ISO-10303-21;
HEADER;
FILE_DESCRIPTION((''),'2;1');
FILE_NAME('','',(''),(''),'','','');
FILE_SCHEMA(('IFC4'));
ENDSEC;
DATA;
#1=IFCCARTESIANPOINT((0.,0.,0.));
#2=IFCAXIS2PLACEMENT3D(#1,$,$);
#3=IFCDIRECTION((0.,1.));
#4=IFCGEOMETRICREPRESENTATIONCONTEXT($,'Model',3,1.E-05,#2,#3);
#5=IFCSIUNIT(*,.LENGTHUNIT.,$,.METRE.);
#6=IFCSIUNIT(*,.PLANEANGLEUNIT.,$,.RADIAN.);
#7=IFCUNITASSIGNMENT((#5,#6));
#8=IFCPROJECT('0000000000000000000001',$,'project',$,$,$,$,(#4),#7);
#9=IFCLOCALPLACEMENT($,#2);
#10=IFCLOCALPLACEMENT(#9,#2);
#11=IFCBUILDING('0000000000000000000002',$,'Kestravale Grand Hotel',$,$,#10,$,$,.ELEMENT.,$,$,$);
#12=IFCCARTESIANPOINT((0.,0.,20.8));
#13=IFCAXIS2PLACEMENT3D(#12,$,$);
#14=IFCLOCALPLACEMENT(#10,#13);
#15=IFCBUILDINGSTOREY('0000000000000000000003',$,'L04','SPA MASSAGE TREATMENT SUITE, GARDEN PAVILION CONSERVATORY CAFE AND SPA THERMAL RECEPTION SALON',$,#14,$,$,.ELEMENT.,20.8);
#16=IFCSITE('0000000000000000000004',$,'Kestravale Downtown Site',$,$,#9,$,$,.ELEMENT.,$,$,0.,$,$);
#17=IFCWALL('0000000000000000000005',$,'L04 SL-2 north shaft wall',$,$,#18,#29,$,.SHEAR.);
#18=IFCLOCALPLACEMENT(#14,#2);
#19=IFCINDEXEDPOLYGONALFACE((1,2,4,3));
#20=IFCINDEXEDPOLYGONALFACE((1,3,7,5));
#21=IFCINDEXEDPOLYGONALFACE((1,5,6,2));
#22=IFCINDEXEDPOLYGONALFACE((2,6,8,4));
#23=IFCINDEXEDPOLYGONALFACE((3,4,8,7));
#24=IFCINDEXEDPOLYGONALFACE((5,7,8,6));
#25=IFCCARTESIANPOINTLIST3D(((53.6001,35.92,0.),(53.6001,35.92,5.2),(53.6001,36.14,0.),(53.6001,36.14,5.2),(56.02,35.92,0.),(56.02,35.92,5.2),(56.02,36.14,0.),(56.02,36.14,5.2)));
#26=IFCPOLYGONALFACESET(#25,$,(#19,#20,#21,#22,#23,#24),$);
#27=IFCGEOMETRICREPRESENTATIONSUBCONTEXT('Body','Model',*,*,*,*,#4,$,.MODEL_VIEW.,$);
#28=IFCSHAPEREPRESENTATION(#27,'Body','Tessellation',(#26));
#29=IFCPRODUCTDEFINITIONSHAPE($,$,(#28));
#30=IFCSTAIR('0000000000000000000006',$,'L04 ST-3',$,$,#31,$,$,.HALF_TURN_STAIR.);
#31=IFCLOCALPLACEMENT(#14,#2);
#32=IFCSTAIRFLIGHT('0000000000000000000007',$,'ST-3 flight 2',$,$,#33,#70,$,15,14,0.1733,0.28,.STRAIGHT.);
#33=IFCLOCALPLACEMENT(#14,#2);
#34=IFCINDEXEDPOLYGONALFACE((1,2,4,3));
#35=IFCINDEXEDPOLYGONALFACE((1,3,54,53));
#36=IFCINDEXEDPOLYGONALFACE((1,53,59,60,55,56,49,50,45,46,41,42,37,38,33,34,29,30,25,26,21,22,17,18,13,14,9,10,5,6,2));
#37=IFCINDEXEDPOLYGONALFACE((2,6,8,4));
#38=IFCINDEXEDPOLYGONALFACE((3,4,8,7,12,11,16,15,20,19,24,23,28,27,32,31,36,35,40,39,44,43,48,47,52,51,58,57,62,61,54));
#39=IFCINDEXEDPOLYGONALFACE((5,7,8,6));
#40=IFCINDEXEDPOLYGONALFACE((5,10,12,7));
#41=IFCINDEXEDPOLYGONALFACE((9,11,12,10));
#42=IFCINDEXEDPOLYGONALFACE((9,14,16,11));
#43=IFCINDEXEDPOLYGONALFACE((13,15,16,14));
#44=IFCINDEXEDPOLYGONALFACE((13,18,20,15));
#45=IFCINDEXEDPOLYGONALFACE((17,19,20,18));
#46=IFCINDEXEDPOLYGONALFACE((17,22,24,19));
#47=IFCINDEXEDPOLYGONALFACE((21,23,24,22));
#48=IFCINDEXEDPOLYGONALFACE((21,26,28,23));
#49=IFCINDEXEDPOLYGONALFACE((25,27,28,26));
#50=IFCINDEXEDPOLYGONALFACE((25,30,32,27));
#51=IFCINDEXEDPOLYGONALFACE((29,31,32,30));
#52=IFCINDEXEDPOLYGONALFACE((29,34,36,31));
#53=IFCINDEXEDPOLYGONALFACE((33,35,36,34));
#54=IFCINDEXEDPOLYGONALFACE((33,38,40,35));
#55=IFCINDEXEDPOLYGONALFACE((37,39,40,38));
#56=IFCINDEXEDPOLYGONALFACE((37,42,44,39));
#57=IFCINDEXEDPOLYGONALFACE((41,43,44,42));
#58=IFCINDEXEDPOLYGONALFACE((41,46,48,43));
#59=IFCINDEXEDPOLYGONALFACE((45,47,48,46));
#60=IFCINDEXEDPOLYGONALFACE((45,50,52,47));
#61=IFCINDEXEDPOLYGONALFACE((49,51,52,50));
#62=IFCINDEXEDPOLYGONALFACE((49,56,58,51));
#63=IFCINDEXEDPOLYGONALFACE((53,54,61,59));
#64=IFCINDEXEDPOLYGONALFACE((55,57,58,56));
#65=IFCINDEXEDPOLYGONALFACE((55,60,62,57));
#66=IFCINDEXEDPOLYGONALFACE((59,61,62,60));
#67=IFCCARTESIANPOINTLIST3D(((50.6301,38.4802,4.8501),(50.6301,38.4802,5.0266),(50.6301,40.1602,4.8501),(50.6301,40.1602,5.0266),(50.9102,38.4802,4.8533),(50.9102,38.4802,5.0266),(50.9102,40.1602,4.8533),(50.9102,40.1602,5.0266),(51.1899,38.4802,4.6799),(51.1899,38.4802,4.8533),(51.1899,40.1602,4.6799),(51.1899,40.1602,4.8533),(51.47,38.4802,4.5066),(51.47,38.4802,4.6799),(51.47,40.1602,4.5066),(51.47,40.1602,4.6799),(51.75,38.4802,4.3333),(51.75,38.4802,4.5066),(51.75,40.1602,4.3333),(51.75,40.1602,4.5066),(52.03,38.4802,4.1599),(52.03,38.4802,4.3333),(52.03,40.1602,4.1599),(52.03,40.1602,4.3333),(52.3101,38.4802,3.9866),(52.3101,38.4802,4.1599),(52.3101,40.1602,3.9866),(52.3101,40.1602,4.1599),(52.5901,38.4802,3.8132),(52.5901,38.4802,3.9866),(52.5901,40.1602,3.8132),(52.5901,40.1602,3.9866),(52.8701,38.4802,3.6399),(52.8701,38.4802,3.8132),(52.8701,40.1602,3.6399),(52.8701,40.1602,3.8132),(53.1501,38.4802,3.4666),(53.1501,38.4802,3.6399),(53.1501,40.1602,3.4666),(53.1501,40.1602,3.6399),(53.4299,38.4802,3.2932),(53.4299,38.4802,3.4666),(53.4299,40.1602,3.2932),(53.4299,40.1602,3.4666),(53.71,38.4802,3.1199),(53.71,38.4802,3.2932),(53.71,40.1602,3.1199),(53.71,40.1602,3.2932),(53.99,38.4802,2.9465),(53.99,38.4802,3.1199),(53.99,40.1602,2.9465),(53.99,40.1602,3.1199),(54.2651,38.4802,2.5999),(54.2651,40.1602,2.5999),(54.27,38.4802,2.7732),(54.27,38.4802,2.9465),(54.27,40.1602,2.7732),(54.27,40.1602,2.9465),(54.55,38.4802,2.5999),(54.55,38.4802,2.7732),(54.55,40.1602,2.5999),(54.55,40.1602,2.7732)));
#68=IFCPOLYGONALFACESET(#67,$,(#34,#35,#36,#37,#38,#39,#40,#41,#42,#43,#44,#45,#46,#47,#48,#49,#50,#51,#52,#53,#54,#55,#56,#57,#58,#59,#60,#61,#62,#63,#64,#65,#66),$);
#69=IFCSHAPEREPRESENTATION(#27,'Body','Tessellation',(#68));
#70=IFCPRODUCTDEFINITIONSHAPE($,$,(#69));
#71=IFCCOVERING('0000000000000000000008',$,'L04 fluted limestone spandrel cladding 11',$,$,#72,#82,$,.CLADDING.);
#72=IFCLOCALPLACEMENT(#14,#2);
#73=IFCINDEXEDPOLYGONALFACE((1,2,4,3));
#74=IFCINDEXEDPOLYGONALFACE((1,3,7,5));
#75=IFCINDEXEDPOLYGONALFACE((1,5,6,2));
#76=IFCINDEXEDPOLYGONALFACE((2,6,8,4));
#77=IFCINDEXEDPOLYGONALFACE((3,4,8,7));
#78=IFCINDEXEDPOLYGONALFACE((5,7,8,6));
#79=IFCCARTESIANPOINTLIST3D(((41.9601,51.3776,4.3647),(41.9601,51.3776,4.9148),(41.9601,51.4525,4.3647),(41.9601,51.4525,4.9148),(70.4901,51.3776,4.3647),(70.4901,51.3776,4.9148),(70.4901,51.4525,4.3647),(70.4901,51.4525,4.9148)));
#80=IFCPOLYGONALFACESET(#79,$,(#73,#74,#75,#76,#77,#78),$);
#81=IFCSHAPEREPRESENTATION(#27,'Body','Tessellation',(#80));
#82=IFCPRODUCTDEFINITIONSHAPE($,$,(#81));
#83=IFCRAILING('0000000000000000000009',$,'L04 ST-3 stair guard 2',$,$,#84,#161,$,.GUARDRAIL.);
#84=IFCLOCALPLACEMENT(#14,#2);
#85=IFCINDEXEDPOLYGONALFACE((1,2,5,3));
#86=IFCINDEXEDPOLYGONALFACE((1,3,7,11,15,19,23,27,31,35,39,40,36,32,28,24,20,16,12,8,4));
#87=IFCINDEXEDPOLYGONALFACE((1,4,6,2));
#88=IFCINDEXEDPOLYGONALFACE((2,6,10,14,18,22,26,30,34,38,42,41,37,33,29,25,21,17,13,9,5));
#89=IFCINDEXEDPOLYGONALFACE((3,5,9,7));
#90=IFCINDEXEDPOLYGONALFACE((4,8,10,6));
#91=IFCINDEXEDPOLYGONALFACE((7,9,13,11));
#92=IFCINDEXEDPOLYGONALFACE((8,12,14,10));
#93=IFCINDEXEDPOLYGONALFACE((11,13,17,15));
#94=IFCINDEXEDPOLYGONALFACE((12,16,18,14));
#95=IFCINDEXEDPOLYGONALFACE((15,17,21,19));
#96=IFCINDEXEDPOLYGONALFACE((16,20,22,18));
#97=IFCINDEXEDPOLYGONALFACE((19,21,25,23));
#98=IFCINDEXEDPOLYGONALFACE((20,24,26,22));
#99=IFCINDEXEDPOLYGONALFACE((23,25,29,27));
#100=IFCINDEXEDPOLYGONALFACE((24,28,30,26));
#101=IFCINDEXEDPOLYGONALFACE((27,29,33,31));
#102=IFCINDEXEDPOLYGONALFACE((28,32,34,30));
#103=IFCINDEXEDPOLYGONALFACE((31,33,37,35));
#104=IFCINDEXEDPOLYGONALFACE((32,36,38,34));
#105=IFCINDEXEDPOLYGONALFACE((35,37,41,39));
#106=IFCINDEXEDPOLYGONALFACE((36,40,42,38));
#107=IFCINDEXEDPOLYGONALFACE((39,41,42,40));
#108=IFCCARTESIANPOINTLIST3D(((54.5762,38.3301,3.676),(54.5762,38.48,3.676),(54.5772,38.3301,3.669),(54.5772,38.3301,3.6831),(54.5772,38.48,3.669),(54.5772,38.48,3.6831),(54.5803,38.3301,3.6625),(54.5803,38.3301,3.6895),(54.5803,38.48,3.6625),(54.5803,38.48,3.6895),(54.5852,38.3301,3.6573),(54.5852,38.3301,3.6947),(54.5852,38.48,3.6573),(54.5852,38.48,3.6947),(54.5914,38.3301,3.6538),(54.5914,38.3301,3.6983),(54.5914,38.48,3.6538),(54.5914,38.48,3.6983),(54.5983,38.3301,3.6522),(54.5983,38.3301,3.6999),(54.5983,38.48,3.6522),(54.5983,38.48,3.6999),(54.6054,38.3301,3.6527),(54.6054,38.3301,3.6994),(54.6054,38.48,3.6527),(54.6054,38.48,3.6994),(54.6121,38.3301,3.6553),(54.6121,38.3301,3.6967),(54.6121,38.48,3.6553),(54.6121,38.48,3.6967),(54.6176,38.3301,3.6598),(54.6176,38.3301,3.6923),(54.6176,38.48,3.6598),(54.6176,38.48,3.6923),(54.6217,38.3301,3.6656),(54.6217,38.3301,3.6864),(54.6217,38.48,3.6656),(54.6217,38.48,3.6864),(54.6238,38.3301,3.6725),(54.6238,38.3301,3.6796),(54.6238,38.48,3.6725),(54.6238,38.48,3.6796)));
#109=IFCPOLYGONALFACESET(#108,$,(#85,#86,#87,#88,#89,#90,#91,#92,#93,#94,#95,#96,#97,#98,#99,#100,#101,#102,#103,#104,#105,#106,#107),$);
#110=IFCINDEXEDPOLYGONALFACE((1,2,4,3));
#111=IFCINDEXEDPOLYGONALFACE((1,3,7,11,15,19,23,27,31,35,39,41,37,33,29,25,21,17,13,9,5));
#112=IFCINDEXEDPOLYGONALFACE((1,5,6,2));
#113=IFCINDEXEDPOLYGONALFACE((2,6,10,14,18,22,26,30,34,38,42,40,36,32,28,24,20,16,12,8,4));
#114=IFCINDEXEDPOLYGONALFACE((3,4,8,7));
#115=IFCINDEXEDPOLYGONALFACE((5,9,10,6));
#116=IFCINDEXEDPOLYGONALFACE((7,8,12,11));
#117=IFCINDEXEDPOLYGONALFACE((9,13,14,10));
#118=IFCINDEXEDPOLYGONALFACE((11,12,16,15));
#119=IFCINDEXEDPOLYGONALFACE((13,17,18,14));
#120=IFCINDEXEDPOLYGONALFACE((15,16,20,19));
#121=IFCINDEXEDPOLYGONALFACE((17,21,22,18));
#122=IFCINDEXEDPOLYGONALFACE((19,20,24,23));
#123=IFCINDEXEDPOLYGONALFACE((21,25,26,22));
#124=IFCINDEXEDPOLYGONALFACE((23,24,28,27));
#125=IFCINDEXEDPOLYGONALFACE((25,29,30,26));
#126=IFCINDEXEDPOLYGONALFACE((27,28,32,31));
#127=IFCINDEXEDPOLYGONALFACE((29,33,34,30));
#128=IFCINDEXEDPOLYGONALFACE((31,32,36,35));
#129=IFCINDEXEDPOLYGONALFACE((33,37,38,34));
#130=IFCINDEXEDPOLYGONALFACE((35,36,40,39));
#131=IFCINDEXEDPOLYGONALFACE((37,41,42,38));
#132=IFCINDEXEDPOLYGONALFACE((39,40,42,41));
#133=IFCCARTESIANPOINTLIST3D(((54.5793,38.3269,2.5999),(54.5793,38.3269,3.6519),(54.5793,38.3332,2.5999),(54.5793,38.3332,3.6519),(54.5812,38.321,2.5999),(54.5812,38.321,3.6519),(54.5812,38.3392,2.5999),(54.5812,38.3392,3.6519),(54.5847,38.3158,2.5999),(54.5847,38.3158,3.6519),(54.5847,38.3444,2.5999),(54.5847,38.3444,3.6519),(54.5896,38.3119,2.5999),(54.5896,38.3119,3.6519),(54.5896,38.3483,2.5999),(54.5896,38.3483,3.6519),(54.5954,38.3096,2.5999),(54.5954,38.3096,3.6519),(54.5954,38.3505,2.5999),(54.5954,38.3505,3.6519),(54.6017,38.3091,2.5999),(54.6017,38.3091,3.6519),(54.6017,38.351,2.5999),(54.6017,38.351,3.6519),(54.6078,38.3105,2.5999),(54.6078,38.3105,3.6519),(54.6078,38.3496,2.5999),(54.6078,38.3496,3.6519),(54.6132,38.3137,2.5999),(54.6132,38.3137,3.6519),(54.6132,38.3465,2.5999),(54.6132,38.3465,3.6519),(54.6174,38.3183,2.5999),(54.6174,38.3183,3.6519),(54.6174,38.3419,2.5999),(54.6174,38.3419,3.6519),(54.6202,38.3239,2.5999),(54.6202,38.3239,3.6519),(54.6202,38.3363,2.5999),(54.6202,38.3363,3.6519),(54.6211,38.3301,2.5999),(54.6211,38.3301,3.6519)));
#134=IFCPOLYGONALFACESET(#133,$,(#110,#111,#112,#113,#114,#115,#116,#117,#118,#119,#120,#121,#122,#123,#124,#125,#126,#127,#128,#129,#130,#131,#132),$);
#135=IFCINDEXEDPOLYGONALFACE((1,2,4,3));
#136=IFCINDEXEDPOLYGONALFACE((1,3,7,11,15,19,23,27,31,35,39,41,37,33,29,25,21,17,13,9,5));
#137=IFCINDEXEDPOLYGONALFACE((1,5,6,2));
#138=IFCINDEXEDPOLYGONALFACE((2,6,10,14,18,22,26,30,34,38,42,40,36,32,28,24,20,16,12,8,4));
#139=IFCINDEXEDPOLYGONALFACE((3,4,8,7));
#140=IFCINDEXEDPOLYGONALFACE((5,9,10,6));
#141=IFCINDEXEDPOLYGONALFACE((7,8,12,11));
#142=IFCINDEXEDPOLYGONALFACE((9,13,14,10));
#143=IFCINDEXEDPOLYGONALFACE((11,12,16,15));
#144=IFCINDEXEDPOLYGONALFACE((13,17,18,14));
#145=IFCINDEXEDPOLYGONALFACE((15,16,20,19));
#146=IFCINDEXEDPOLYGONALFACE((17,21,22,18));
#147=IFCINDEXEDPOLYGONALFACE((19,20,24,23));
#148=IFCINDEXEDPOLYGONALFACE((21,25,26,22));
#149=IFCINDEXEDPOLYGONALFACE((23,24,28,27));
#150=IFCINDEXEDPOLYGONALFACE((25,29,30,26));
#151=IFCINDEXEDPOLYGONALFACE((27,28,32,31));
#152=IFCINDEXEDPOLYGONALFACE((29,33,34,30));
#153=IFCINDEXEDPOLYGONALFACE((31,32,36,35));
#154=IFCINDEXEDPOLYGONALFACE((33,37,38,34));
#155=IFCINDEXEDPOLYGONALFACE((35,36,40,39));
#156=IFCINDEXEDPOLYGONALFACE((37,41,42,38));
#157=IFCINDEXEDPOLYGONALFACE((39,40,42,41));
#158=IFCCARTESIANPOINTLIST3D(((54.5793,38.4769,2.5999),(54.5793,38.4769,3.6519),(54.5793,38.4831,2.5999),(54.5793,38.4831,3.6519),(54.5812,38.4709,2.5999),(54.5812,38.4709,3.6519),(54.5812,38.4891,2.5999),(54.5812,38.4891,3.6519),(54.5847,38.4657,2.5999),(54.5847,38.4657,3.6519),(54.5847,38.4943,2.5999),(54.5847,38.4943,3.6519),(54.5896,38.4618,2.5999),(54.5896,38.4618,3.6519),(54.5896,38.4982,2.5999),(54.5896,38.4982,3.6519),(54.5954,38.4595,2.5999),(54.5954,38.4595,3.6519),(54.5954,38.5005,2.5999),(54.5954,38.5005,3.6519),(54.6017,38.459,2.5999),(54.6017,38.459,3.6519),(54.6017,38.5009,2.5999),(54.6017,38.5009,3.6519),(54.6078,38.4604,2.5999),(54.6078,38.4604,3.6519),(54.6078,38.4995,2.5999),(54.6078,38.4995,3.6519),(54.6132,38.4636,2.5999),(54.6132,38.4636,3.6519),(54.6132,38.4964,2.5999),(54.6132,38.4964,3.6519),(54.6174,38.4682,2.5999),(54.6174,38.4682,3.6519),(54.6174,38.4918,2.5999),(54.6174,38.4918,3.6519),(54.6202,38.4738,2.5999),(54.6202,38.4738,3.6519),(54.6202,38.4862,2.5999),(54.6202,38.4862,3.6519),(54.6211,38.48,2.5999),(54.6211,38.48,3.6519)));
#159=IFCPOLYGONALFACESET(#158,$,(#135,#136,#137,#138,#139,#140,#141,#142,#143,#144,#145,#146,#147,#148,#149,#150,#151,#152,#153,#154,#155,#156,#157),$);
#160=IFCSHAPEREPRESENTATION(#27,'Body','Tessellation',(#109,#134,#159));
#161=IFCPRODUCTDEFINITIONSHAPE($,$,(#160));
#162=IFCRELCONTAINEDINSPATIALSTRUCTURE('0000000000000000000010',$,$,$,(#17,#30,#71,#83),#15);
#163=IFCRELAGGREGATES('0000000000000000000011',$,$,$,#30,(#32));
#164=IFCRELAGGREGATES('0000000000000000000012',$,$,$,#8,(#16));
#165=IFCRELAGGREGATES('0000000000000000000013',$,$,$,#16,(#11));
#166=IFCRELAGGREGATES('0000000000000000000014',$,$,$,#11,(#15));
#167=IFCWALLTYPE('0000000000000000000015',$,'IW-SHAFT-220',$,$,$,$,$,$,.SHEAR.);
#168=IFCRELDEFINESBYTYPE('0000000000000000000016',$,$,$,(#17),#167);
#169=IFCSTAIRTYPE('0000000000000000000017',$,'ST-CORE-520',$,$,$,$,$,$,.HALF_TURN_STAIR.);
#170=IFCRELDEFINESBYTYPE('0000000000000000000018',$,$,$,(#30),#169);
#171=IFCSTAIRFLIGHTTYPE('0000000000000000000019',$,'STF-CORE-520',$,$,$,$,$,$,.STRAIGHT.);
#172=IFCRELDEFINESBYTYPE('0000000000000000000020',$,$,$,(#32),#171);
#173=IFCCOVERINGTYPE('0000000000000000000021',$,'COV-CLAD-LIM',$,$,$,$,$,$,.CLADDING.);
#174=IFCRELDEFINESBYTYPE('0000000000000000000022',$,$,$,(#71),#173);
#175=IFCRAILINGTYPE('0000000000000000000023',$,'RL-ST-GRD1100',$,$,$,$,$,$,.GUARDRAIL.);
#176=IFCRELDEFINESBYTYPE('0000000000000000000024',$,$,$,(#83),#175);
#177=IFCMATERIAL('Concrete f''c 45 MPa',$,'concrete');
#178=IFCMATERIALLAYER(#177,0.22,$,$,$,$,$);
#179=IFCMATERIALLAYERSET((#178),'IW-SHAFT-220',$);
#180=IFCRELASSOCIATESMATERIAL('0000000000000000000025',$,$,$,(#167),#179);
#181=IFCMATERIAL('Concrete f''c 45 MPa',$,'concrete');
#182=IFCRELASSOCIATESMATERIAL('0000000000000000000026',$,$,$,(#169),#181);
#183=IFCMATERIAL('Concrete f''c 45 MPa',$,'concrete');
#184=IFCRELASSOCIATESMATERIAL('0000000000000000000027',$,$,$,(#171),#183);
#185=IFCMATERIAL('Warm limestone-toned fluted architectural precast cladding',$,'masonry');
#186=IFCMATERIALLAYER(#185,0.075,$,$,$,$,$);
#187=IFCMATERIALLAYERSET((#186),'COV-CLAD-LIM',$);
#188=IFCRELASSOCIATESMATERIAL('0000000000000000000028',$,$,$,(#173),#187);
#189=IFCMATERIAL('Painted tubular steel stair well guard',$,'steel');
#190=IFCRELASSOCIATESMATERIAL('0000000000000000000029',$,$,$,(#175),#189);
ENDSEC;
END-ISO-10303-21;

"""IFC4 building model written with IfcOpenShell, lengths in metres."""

from ifc_helpers import new_model, si_unit, direction, frame, frame_2d, origin, origin_2d, place, context, subcontext, project, spatial, polyline, rectangle, circle, outline, extrude, material, layer, layer_set, type_object, element, aggregate, save


model = new_model("IFC4")

# Units and contexts
model_context = context("Model", 3, precision=1e-05, world=origin(), true_north=direction((0.0, 1.0)))
body_context = subcontext(model_context, "Body", "Model", "MODEL_VIEW")
ifc_project = project(units=[si_unit("LENGTHUNIT", "METRE"), si_unit("PLANEANGLEUNIT", "RADIAN")], contexts=[model_context])

# Site, building, storey
site_placement = place(None, origin())
site = spatial("IfcSite", under=ifc_project, at=site_placement, Name="Kestravale Downtown Site", CompositionType="ELEMENT", RefElevation=0.0)
building_placement = place(site_placement, origin())
building = spatial("IfcBuilding", under=site, at=building_placement, Name="Kestravale Grand Hotel", CompositionType="ELEMENT")
storey_placement = place(building_placement, frame((0.0, 0.0, 20.8)))
storey = spatial("IfcBuildingStorey", under=building, at=storey_placement, Name="L04", Description="SPA MASSAGE TREATMENT SUITE, GARDEN PAVILION CONSERVATORY CAFE AND SPA THERMAL RECEPTION SALON", CompositionType="ELEMENT", Elevation=20.8)

# Shared definitions
ifc_material_1 = material(Name="Concrete f'c 45 MPa", Category="concrete")
ifc_layer_1 = layer(ifc_material_1, 0.22)
ifc_layer_set_1 = layer_set([ifc_layer_1], Name="IW-SHAFT-220")
wall_type_1 = type_object("IfcWallType", Name="IW-SHAFT-220", PredefinedType="SHEAR", material=ifc_layer_set_1)

# Wall
wall_1_placement = place(storey_placement, frame((53.6001, 36.03, 0.0), z_axis=(0.0, 0.0, 1.0), x_axis=(1.0, 0.0, 0.0)))
element("IfcWall", 1, at=wall_1_placement, inside=storey, type_object=wall_type_1, Name="L04 SL-2 north shaft wall", PredefinedType="SHEAR", context=body_context, shape_type="SweptSolid", body=[
    extrude(rectangle(XDim=2.4199, YDim=0.22, at=frame_2d((1.21, 0.0))), origin(), (0.0, 0.0, 1.0), 5.2),
])

# Stair, stair flight
ifc_material_2 = material(Name="Concrete f'c 45 MPa", Category="concrete")
stair_type = type_object("IfcStairType", Name="ST-CORE-520", PredefinedType="HALF_TURN_STAIR", material=ifc_material_2)
stair_placement = place(storey_placement, origin())
stair = element("IfcStair", 2, at=stair_placement, inside=storey, type_object=stair_type, Name="L04 ST-3", PredefinedType="HALF_TURN_STAIR")
ifc_material_3 = material(Name="Concrete f'c 45 MPa", Category="concrete")
stair_flight_type = type_object("IfcStairFlightType", Name="STF-CORE-520", PredefinedType="STRAIGHT", material=ifc_material_3)
stair_flight_placement = place(storey_placement, frame((54.55, 39.3201, 2.5999), z_axis=(0.0, 0.0, 1.0), x_axis=(-1.0, 0.0, 0.0)))
stair_flight = element("IfcStairFlight", 3, at=stair_flight_placement, type_object=stair_flight_type, Name="ST-3 flight 2", NumberOfRisers=15, NumberOfTreads=14, PredefinedType="STRAIGHT", RiserHeight=0.1733, TreadLength=0.28, context=body_context, shape_type="SweptSolid", body=[
    extrude(outline(polyline([(0.0, 0.0), (0.0, 0.1733), (0.28, 0.1733), (0.28, 0.3467), (0.5601, 0.3467), (0.5601, 0.52), (0.8401, 0.52), (0.8401, 0.6934), (1.1201, 0.6934), (1.1201, 0.8667), (1.3999, 0.8667), (1.3999, 1.04), (1.6799, 1.04), (1.6799, 1.2134), (1.96, 1.2134), (1.96, 1.3867), (2.24, 1.3867), (2.24, 1.5601), (2.52, 1.5601), (2.52, 1.7334), (2.8, 1.7334), (2.8, 1.9067), (3.0801, 1.9067), (3.0801, 2.0801), (3.3601, 2.0801), (3.3601, 2.2534), (3.6399, 2.2534), (3.6399, 2.4268), (3.9199, 2.4268), (3.9199, 2.6001), (3.9199, 2.2502), (0.2849, 0.0), (0.0, 0.0)])), frame((0.0, 0.8398, 0.0), z_axis=(0.0, -1.0, 0.0), x_axis=(1.0, 0.0, 0.0)), (0.0, 0.0, 1.0), 1.6799),
])
aggregate(stair, [stair_flight])

# Covering
ifc_material_4 = material(Name="Warm limestone-toned fluted architectural precast cladding", Category="masonry")
ifc_layer_2 = layer(ifc_material_4, 0.075)
ifc_layer_set_2 = layer_set([ifc_layer_2], Name="COV-CLAD-LIM")
covering_type = type_object("IfcCoveringType", Name="COV-CLAD-LIM", PredefinedType="CLADDING", material=ifc_layer_set_2)
covering_placement = place(storey_placement, frame((56.2251, 51.415, 4.3647), z_axis=(0.0, 0.0, 1.0), x_axis=(-1.0, 0.0, 0.0)))
element("IfcCovering", 4, at=covering_placement, inside=storey, type_object=covering_type, Name="L04 fluted limestone spandrel cladding 11", PredefinedType="CLADDING", context=body_context, shape_type="SweptSolid", body=[
    extrude(rectangle(XDim=28.53, YDim=0.075, at=origin_2d()), origin(), (0.0, 0.0, 1.0), 0.55),
])

# Railing
ifc_material_5 = material(Name="Painted tubular steel stair well guard", Category="steel")
railing_type_1 = type_object("IfcRailingType", Name="RL-ST-GRD1100", PredefinedType="GUARDRAIL", material=ifc_material_5)
railing_1_placement = place(storey_placement, frame((54.6001, 38.3301, 2.5999)))
element("IfcRailing", 5, at=railing_1_placement, inside=storey, type_object=railing_type_1, Name="L04 ST-3 stair guard 2", PredefinedType="GUARDRAIL", context=body_context, shape_type="SweptSolid", body=[
    extrude(circle(Radius=0.0239, at=origin_2d()), frame((0.0, 0.0, 1.0762), z_axis=(0.0, 1.0, 0.0), x_axis=(-1.0, 0.0, 0.0)), (0.0, 0.0, 1.0), 0.1499),
    extrude(circle(Radius=0.021, at=origin_2d()), origin(), (0.0, 0.0, 1.0), 1.052),
    extrude(circle(Radius=0.021, at=origin_2d()), frame((0.0, 0.1499, 0.0)), (0.0, 0.0, 1.0), 1.052),
])

save(model, "model.ifc")
